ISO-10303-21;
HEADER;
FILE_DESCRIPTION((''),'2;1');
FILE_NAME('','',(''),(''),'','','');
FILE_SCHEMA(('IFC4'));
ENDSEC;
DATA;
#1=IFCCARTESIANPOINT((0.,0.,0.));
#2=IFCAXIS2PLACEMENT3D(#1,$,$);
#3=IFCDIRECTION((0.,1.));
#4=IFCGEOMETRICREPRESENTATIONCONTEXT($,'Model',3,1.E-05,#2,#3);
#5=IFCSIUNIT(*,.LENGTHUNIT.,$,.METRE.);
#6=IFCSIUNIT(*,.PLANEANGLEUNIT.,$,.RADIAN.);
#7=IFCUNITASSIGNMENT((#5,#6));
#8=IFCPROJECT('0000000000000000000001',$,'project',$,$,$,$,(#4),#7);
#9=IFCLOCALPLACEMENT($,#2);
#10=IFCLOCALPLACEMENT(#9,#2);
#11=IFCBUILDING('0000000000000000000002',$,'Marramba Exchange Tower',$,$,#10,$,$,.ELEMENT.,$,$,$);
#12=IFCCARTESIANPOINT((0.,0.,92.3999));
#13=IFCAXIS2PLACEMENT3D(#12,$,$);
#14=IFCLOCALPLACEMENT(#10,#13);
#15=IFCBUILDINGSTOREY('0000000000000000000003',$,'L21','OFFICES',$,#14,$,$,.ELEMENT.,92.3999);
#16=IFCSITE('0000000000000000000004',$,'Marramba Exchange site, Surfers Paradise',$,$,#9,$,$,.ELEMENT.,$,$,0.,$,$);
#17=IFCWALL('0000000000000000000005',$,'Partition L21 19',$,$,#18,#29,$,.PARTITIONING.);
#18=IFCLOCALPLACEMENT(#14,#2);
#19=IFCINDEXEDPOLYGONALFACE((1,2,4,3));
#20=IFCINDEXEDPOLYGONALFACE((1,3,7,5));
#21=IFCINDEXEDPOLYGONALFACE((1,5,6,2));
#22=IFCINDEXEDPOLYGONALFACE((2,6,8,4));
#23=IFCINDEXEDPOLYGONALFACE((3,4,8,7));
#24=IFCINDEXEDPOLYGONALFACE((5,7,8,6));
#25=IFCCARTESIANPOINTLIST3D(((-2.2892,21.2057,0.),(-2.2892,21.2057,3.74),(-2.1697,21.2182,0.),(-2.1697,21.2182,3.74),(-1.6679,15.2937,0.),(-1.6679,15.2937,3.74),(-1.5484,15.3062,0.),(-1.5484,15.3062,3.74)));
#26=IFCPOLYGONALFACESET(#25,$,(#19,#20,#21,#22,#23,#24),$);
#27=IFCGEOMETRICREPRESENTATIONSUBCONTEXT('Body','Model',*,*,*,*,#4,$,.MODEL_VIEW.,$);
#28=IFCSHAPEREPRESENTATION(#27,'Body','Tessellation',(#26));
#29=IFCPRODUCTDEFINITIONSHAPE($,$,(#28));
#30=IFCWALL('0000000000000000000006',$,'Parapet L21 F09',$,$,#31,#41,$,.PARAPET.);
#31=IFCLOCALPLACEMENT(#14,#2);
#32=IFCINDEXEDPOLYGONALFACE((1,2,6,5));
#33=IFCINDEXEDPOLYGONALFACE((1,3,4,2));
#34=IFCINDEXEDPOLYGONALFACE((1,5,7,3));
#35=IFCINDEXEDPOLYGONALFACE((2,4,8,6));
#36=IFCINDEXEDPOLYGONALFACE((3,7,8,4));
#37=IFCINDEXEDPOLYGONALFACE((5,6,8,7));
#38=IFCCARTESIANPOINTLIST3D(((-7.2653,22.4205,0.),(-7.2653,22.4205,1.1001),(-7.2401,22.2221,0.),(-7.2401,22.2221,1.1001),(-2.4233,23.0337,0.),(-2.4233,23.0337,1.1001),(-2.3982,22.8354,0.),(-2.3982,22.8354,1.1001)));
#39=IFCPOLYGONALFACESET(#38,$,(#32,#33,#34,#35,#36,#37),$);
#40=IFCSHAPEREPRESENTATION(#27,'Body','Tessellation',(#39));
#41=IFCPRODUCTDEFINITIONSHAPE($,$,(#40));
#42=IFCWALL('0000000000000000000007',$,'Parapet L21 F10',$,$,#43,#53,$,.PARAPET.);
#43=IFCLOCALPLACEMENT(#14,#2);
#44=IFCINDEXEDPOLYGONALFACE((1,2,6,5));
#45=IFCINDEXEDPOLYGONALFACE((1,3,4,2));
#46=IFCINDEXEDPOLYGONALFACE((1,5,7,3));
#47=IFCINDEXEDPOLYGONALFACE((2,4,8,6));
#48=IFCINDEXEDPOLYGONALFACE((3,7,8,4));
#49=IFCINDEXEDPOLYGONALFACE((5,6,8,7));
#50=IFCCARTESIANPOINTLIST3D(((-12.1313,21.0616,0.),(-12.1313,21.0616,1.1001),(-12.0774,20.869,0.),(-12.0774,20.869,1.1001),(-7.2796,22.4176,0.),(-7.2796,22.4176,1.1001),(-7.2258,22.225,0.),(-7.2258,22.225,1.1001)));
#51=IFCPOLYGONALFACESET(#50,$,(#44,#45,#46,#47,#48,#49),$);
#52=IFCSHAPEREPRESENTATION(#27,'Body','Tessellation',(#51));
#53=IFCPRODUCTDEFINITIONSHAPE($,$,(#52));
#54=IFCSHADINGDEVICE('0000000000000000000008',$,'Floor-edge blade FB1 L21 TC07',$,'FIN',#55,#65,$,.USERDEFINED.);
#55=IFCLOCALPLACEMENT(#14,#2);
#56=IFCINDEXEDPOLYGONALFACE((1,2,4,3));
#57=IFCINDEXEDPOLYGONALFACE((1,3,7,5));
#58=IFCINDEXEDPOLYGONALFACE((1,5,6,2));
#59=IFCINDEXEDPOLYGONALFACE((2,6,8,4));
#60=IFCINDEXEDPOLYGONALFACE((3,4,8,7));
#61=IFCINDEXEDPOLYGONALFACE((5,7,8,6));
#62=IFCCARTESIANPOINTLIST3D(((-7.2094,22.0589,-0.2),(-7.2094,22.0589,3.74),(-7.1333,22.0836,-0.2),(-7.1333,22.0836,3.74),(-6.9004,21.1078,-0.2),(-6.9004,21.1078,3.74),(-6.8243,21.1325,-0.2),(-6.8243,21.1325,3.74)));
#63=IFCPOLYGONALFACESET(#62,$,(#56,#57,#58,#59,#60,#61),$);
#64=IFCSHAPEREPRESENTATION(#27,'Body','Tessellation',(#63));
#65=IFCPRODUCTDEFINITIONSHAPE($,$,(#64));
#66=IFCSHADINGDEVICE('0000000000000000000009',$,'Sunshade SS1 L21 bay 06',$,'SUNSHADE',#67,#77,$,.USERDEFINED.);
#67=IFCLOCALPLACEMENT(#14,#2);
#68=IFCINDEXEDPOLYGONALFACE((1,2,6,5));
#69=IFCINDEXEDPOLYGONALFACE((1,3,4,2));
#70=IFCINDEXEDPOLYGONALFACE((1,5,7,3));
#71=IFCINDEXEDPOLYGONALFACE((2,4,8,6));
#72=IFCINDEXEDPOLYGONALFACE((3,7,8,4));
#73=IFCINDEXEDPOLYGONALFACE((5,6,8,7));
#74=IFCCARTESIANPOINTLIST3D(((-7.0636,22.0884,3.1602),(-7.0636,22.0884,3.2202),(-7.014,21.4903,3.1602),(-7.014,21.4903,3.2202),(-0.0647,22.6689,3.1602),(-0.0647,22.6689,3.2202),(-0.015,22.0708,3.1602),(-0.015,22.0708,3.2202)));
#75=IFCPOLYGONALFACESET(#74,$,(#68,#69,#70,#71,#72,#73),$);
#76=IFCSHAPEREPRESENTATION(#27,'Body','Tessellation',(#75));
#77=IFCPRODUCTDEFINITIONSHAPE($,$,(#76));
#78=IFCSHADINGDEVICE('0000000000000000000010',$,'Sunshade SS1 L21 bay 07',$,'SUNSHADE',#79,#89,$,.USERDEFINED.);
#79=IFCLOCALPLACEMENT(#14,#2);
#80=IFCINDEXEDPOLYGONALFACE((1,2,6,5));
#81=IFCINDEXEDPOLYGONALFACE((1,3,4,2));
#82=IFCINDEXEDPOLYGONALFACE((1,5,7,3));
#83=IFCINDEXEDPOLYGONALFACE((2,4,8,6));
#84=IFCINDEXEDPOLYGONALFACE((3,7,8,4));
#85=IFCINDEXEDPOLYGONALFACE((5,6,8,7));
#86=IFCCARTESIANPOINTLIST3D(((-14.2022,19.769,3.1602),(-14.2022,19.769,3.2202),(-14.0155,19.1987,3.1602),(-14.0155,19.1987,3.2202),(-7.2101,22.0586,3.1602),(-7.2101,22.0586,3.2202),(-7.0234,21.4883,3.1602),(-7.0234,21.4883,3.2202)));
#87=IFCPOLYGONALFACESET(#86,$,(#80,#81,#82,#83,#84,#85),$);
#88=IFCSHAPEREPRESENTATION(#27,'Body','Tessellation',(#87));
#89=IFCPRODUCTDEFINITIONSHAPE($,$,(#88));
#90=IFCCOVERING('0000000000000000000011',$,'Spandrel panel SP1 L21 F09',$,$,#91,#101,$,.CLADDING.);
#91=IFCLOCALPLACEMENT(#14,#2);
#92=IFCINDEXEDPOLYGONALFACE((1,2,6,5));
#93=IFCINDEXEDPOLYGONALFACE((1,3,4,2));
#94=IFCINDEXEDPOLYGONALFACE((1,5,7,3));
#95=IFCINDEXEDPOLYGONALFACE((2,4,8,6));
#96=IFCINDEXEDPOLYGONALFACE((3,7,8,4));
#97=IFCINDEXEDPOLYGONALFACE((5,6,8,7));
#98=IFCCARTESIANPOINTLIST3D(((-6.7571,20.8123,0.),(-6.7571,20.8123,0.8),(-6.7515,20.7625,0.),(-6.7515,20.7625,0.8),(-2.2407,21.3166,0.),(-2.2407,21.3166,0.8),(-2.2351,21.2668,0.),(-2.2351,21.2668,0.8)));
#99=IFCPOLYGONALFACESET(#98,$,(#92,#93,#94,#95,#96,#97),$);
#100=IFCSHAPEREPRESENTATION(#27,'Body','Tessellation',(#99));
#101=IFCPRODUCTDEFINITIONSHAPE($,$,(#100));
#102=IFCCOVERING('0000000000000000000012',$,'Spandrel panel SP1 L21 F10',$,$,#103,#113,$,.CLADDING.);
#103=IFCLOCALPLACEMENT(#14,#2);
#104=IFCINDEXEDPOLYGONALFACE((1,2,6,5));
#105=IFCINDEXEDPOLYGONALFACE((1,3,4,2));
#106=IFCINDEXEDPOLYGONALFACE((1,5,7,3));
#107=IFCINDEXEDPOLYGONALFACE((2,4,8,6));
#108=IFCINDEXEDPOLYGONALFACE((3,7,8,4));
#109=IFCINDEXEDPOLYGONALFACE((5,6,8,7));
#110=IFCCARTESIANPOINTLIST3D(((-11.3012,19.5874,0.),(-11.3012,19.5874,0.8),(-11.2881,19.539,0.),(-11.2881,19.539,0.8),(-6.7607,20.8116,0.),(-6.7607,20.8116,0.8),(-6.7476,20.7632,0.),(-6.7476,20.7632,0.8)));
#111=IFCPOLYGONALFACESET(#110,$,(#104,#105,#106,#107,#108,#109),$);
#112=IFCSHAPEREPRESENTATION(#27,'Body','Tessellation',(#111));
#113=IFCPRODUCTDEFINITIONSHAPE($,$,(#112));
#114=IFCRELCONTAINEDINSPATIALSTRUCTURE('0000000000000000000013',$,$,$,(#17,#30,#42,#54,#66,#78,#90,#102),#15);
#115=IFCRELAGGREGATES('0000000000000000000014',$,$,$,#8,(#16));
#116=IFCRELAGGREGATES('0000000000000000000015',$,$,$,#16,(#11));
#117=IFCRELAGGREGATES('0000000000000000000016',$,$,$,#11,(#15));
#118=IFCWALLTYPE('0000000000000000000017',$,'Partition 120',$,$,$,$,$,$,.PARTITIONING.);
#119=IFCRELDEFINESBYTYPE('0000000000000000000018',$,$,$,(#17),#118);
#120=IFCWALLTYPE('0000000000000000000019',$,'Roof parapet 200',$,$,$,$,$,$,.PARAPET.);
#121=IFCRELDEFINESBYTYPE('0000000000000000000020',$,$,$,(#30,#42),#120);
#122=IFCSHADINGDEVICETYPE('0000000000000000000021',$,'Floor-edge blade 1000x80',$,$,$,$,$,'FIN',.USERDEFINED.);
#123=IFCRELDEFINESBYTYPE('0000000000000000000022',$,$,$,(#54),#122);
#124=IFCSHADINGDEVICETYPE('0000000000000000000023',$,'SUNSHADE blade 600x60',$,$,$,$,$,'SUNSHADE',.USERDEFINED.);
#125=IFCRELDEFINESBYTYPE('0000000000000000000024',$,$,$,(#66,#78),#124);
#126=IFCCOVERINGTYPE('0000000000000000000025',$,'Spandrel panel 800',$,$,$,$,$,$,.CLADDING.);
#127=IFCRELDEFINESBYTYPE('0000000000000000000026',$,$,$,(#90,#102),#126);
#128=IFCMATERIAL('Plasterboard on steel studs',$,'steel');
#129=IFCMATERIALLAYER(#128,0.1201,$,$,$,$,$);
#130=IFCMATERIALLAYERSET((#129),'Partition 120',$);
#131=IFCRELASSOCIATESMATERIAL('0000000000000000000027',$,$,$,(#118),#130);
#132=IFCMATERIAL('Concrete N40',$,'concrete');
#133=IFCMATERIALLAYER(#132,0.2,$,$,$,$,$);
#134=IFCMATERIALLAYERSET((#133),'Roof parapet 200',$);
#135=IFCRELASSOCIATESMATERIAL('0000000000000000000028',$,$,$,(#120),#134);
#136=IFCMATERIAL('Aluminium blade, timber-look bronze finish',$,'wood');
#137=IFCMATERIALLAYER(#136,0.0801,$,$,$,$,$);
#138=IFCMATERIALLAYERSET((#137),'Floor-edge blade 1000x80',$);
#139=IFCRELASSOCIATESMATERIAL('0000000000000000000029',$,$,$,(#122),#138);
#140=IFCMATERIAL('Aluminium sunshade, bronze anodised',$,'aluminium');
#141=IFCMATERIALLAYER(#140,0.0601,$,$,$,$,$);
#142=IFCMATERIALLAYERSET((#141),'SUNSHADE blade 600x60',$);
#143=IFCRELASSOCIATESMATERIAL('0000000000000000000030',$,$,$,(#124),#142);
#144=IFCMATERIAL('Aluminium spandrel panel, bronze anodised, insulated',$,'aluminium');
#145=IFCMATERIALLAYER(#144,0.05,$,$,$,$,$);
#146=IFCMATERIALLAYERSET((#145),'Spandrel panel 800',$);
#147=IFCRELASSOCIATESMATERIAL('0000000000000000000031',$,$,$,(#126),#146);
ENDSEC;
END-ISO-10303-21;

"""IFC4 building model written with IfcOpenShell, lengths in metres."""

from ifc_helpers import new_model, si_unit, direction, frame, frame_2d, origin, origin_2d, place, context, subcontext, project, spatial, rectangle, extrude, material, layer, layer_set, type_object, element, save


model = new_model("IFC4")

# Units and contexts
model_context = context("Model", 3, precision=1e-05, world=origin(), true_north=direction((0.0, 1.0)))
body_context = subcontext(model_context, "Body", "Model", "MODEL_VIEW")
ifc_project = project(units=[si_unit("LENGTHUNIT", "METRE"), si_unit("PLANEANGLEUNIT", "RADIAN")], contexts=[model_context])

# Site, building, storey
site_placement = place(None, origin())
site = spatial("IfcSite", under=ifc_project, at=site_placement, Name="Marramba Exchange site, Surfers Paradise", CompositionType="ELEMENT", RefElevation=0.0)
building_placement = place(site_placement, origin())
building = spatial("IfcBuilding", under=site, at=building_placement, Name="Marramba Exchange Tower", CompositionType="ELEMENT")
storey_placement = place(building_placement, frame((0.0, 0.0, 92.3999)))
storey = spatial("IfcBuildingStorey", under=building, at=storey_placement, Name="L21", Description="OFFICES", CompositionType="ELEMENT", Elevation=92.3999)

# Walls
ifc_material_1 = material(Name="Plasterboard on steel studs", Category="steel")
ifc_layer_1 = layer(ifc_material_1, 0.1201)
ifc_layer_set_1 = layer_set([ifc_layer_1], Name="Partition 120")
wall_type_1 = type_object("IfcWallType", Name="Partition 120", PredefinedType="PARTITIONING", material=ifc_layer_set_1)
wall_1_placement = place(storey_placement, frame((-1.6082, 15.3, 0.0), z_axis=(0.0, 0.0, 1.0), x_axis=(-0.10452, 0.994523, 0.0)))
element("IfcWall", 1, at=wall_1_placement, inside=storey, type_object=wall_type_1, Name="Partition L21 19", PredefinedType="PARTITIONING", context=body_context, shape_type="SweptSolid", body=[
    extrude(rectangle(XDim=5.9446, YDim=0.1201, at=frame_2d((2.9722, 0.0))), origin(), (0.0, 0.0, 1.0), 3.74),
])
ifc_material_2 = material(Name="Concrete N40", Category="concrete")
ifc_layer_2 = layer(ifc_material_2, 0.2)
ifc_layer_set_2 = layer_set([ifc_layer_2], Name="Roof parapet 200")
wall_type_2 = type_object("IfcWallType", Name="Roof parapet 200", PredefinedType="PARAPET", material=ifc_layer_set_2)
wall_2_placement = place(storey_placement, frame((-2.4106, 22.9346, 0.0), z_axis=(0.0, 0.0, 1.0), x_axis=(-0.992074, -0.125654, 0.0)))
element("IfcWall", 2, at=wall_2_placement, inside=storey, type_object=wall_type_2, Name="Parapet L21 F09", PredefinedType="PARAPET", context=body_context, shape_type="SweptSolid", body=[
    extrude(rectangle(XDim=4.8806, YDim=0.2, at=frame_2d((2.4404, 0.0))), origin(), (0.0, 0.0, 1.0), 1.1001),
])
wall_3_placement = place(storey_placement, frame((-7.2527, 22.3213, 0.0), z_axis=(0.0, 0.0, 1.0), x_axis=(-0.963092, -0.269173, 0.0)))
element("IfcWall", 3, at=wall_3_placement, inside=storey, type_object=wall_type_2, Name="Parapet L21 F10", PredefinedType="PARAPET", context=body_context, shape_type="SweptSolid", body=[
    extrude(rectangle(XDim=5.0376, YDim=0.2, at=frame_2d((2.5188, 0.0))), origin(), (0.0, 0.0, 1.0), 1.1001),
])

# Shading devices
ifc_material_3 = material(Name="Aluminium blade, timber-look bronze finish", Category="wood")
ifc_layer_3 = layer(ifc_material_3, 0.0801)
ifc_layer_set_3 = layer_set([ifc_layer_3], Name="Floor-edge blade 1000x80")
shading_device_type_1 = type_object("IfcShadingDeviceType", Name="Floor-edge blade 1000x80", ElementType="FIN", PredefinedType="USERDEFINED", material=ifc_layer_set_3)
shading_device_1_placement = place(storey_placement, frame((-7.0168, 21.5957, -0.2), z_axis=(0.0, 0.0, 1.0), x_axis=(-0.309017, 0.951057, 0.0)))
element("IfcShadingDevice", 4, at=shading_device_1_placement, inside=storey, type_object=shading_device_type_1, Name="Floor-edge blade FB1 L21 TC07", ObjectType="FIN", PredefinedType="USERDEFINED", context=body_context, shape_type="SweptSolid", body=[
    extrude(rectangle(XDim=1.0, YDim=0.0801, at=origin_2d()), origin(), (0.0, 0.0, 1.0), 3.9399),
])
ifc_material_4 = material(Name="Aluminium sunshade, bronze anodised", Category="aluminium")
ifc_layer_4 = layer(ifc_material_4, 0.0601)
ifc_layer_set_4 = layer_set([ifc_layer_4], Name="SUNSHADE blade 600x60")
shading_device_type_2 = type_object("IfcShadingDeviceType", Name="SUNSHADE blade 600x60", ElementType="SUNSHADE", PredefinedType="USERDEFINED", material=ifc_layer_set_4)
shading_device_2_placement = place(storey_placement, frame((-3.5393, 22.0796, 3.1602), z_axis=(0.0, 0.0, 1.0), x_axis=(-0.996578, -0.08266, 0.0)))
element("IfcShadingDevice", 5, at=shading_device_2_placement, inside=storey, type_object=shading_device_type_2, Name="Sunshade SS1 L21 bay 06", ObjectType="SUNSHADE", PredefinedType="USERDEFINED", context=body_context, shape_type="SweptSolid", body=[
    extrude(rectangle(XDim=7.0229, YDim=0.6001, at=origin_2d()), origin(), (0.0, 0.0, 1.0), 0.0601),
])
shading_device_3_placement = place(storey_placement, frame((-10.6128, 20.6287, 3.1602), z_axis=(0.0, 0.0, 1.0), x_axis=(-0.950346, -0.311196, 0.0)))
element("IfcShadingDevice", 6, at=shading_device_3_placement, inside=storey, type_object=shading_device_type_2, Name="Sunshade SS1 L21 bay 07", ObjectType="SUNSHADE", PredefinedType="USERDEFINED", context=body_context, shape_type="SweptSolid", body=[
    extrude(rectangle(XDim=7.3574, YDim=0.6001, at=origin_2d()), origin(), (0.0, 0.0, 1.0), 0.0601),
])

# Coverings
ifc_material_5 = material(Name="Aluminium spandrel panel, bronze anodised, insulated", Category="aluminium")
ifc_layer_5 = layer(ifc_material_5, 0.05)
ifc_layer_set_5 = layer_set([ifc_layer_5], Name="Spandrel panel 800")
covering_type = type_object("IfcCoveringType", Name="Spandrel panel 800", PredefinedType="CLADDING", material=ifc_layer_set_5)
covering_1_placement = place(storey_placement, frame((-4.4961, 21.0396, 0.0), z_axis=(0.0, 0.0, 1.0), x_axis=(-0.993823, -0.110973, 0.0)))
element("IfcCovering", 7, at=covering_1_placement, inside=storey, type_object=covering_type, Name="Spandrel panel SP1 L21 F09", PredefinedType="CLADDING", context=body_context, shape_type="SweptSolid", body=[
    extrude(rectangle(XDim=4.5444, YDim=0.05, at=origin_2d()), origin(), (0.0, 0.0, 1.0), 0.8),
])
covering_2_placement = place(storey_placement, frame((-9.0244, 20.1753, 0.0), z_axis=(0.0, 0.0, 1.0), x_axis=(-0.965522, -0.260321, 0.0)))
element("IfcCovering", 8, at=covering_2_placement, inside=storey, type_object=covering_type, Name="Spandrel panel SP1 L21 F10", PredefinedType="CLADDING", context=body_context, shape_type="SweptSolid", body=[
    extrude(rectangle(XDim=4.7026, YDim=0.05, at=origin_2d()), origin(), (0.0, 0.0, 1.0), 0.8),
])

save(model, "model.ifc")
